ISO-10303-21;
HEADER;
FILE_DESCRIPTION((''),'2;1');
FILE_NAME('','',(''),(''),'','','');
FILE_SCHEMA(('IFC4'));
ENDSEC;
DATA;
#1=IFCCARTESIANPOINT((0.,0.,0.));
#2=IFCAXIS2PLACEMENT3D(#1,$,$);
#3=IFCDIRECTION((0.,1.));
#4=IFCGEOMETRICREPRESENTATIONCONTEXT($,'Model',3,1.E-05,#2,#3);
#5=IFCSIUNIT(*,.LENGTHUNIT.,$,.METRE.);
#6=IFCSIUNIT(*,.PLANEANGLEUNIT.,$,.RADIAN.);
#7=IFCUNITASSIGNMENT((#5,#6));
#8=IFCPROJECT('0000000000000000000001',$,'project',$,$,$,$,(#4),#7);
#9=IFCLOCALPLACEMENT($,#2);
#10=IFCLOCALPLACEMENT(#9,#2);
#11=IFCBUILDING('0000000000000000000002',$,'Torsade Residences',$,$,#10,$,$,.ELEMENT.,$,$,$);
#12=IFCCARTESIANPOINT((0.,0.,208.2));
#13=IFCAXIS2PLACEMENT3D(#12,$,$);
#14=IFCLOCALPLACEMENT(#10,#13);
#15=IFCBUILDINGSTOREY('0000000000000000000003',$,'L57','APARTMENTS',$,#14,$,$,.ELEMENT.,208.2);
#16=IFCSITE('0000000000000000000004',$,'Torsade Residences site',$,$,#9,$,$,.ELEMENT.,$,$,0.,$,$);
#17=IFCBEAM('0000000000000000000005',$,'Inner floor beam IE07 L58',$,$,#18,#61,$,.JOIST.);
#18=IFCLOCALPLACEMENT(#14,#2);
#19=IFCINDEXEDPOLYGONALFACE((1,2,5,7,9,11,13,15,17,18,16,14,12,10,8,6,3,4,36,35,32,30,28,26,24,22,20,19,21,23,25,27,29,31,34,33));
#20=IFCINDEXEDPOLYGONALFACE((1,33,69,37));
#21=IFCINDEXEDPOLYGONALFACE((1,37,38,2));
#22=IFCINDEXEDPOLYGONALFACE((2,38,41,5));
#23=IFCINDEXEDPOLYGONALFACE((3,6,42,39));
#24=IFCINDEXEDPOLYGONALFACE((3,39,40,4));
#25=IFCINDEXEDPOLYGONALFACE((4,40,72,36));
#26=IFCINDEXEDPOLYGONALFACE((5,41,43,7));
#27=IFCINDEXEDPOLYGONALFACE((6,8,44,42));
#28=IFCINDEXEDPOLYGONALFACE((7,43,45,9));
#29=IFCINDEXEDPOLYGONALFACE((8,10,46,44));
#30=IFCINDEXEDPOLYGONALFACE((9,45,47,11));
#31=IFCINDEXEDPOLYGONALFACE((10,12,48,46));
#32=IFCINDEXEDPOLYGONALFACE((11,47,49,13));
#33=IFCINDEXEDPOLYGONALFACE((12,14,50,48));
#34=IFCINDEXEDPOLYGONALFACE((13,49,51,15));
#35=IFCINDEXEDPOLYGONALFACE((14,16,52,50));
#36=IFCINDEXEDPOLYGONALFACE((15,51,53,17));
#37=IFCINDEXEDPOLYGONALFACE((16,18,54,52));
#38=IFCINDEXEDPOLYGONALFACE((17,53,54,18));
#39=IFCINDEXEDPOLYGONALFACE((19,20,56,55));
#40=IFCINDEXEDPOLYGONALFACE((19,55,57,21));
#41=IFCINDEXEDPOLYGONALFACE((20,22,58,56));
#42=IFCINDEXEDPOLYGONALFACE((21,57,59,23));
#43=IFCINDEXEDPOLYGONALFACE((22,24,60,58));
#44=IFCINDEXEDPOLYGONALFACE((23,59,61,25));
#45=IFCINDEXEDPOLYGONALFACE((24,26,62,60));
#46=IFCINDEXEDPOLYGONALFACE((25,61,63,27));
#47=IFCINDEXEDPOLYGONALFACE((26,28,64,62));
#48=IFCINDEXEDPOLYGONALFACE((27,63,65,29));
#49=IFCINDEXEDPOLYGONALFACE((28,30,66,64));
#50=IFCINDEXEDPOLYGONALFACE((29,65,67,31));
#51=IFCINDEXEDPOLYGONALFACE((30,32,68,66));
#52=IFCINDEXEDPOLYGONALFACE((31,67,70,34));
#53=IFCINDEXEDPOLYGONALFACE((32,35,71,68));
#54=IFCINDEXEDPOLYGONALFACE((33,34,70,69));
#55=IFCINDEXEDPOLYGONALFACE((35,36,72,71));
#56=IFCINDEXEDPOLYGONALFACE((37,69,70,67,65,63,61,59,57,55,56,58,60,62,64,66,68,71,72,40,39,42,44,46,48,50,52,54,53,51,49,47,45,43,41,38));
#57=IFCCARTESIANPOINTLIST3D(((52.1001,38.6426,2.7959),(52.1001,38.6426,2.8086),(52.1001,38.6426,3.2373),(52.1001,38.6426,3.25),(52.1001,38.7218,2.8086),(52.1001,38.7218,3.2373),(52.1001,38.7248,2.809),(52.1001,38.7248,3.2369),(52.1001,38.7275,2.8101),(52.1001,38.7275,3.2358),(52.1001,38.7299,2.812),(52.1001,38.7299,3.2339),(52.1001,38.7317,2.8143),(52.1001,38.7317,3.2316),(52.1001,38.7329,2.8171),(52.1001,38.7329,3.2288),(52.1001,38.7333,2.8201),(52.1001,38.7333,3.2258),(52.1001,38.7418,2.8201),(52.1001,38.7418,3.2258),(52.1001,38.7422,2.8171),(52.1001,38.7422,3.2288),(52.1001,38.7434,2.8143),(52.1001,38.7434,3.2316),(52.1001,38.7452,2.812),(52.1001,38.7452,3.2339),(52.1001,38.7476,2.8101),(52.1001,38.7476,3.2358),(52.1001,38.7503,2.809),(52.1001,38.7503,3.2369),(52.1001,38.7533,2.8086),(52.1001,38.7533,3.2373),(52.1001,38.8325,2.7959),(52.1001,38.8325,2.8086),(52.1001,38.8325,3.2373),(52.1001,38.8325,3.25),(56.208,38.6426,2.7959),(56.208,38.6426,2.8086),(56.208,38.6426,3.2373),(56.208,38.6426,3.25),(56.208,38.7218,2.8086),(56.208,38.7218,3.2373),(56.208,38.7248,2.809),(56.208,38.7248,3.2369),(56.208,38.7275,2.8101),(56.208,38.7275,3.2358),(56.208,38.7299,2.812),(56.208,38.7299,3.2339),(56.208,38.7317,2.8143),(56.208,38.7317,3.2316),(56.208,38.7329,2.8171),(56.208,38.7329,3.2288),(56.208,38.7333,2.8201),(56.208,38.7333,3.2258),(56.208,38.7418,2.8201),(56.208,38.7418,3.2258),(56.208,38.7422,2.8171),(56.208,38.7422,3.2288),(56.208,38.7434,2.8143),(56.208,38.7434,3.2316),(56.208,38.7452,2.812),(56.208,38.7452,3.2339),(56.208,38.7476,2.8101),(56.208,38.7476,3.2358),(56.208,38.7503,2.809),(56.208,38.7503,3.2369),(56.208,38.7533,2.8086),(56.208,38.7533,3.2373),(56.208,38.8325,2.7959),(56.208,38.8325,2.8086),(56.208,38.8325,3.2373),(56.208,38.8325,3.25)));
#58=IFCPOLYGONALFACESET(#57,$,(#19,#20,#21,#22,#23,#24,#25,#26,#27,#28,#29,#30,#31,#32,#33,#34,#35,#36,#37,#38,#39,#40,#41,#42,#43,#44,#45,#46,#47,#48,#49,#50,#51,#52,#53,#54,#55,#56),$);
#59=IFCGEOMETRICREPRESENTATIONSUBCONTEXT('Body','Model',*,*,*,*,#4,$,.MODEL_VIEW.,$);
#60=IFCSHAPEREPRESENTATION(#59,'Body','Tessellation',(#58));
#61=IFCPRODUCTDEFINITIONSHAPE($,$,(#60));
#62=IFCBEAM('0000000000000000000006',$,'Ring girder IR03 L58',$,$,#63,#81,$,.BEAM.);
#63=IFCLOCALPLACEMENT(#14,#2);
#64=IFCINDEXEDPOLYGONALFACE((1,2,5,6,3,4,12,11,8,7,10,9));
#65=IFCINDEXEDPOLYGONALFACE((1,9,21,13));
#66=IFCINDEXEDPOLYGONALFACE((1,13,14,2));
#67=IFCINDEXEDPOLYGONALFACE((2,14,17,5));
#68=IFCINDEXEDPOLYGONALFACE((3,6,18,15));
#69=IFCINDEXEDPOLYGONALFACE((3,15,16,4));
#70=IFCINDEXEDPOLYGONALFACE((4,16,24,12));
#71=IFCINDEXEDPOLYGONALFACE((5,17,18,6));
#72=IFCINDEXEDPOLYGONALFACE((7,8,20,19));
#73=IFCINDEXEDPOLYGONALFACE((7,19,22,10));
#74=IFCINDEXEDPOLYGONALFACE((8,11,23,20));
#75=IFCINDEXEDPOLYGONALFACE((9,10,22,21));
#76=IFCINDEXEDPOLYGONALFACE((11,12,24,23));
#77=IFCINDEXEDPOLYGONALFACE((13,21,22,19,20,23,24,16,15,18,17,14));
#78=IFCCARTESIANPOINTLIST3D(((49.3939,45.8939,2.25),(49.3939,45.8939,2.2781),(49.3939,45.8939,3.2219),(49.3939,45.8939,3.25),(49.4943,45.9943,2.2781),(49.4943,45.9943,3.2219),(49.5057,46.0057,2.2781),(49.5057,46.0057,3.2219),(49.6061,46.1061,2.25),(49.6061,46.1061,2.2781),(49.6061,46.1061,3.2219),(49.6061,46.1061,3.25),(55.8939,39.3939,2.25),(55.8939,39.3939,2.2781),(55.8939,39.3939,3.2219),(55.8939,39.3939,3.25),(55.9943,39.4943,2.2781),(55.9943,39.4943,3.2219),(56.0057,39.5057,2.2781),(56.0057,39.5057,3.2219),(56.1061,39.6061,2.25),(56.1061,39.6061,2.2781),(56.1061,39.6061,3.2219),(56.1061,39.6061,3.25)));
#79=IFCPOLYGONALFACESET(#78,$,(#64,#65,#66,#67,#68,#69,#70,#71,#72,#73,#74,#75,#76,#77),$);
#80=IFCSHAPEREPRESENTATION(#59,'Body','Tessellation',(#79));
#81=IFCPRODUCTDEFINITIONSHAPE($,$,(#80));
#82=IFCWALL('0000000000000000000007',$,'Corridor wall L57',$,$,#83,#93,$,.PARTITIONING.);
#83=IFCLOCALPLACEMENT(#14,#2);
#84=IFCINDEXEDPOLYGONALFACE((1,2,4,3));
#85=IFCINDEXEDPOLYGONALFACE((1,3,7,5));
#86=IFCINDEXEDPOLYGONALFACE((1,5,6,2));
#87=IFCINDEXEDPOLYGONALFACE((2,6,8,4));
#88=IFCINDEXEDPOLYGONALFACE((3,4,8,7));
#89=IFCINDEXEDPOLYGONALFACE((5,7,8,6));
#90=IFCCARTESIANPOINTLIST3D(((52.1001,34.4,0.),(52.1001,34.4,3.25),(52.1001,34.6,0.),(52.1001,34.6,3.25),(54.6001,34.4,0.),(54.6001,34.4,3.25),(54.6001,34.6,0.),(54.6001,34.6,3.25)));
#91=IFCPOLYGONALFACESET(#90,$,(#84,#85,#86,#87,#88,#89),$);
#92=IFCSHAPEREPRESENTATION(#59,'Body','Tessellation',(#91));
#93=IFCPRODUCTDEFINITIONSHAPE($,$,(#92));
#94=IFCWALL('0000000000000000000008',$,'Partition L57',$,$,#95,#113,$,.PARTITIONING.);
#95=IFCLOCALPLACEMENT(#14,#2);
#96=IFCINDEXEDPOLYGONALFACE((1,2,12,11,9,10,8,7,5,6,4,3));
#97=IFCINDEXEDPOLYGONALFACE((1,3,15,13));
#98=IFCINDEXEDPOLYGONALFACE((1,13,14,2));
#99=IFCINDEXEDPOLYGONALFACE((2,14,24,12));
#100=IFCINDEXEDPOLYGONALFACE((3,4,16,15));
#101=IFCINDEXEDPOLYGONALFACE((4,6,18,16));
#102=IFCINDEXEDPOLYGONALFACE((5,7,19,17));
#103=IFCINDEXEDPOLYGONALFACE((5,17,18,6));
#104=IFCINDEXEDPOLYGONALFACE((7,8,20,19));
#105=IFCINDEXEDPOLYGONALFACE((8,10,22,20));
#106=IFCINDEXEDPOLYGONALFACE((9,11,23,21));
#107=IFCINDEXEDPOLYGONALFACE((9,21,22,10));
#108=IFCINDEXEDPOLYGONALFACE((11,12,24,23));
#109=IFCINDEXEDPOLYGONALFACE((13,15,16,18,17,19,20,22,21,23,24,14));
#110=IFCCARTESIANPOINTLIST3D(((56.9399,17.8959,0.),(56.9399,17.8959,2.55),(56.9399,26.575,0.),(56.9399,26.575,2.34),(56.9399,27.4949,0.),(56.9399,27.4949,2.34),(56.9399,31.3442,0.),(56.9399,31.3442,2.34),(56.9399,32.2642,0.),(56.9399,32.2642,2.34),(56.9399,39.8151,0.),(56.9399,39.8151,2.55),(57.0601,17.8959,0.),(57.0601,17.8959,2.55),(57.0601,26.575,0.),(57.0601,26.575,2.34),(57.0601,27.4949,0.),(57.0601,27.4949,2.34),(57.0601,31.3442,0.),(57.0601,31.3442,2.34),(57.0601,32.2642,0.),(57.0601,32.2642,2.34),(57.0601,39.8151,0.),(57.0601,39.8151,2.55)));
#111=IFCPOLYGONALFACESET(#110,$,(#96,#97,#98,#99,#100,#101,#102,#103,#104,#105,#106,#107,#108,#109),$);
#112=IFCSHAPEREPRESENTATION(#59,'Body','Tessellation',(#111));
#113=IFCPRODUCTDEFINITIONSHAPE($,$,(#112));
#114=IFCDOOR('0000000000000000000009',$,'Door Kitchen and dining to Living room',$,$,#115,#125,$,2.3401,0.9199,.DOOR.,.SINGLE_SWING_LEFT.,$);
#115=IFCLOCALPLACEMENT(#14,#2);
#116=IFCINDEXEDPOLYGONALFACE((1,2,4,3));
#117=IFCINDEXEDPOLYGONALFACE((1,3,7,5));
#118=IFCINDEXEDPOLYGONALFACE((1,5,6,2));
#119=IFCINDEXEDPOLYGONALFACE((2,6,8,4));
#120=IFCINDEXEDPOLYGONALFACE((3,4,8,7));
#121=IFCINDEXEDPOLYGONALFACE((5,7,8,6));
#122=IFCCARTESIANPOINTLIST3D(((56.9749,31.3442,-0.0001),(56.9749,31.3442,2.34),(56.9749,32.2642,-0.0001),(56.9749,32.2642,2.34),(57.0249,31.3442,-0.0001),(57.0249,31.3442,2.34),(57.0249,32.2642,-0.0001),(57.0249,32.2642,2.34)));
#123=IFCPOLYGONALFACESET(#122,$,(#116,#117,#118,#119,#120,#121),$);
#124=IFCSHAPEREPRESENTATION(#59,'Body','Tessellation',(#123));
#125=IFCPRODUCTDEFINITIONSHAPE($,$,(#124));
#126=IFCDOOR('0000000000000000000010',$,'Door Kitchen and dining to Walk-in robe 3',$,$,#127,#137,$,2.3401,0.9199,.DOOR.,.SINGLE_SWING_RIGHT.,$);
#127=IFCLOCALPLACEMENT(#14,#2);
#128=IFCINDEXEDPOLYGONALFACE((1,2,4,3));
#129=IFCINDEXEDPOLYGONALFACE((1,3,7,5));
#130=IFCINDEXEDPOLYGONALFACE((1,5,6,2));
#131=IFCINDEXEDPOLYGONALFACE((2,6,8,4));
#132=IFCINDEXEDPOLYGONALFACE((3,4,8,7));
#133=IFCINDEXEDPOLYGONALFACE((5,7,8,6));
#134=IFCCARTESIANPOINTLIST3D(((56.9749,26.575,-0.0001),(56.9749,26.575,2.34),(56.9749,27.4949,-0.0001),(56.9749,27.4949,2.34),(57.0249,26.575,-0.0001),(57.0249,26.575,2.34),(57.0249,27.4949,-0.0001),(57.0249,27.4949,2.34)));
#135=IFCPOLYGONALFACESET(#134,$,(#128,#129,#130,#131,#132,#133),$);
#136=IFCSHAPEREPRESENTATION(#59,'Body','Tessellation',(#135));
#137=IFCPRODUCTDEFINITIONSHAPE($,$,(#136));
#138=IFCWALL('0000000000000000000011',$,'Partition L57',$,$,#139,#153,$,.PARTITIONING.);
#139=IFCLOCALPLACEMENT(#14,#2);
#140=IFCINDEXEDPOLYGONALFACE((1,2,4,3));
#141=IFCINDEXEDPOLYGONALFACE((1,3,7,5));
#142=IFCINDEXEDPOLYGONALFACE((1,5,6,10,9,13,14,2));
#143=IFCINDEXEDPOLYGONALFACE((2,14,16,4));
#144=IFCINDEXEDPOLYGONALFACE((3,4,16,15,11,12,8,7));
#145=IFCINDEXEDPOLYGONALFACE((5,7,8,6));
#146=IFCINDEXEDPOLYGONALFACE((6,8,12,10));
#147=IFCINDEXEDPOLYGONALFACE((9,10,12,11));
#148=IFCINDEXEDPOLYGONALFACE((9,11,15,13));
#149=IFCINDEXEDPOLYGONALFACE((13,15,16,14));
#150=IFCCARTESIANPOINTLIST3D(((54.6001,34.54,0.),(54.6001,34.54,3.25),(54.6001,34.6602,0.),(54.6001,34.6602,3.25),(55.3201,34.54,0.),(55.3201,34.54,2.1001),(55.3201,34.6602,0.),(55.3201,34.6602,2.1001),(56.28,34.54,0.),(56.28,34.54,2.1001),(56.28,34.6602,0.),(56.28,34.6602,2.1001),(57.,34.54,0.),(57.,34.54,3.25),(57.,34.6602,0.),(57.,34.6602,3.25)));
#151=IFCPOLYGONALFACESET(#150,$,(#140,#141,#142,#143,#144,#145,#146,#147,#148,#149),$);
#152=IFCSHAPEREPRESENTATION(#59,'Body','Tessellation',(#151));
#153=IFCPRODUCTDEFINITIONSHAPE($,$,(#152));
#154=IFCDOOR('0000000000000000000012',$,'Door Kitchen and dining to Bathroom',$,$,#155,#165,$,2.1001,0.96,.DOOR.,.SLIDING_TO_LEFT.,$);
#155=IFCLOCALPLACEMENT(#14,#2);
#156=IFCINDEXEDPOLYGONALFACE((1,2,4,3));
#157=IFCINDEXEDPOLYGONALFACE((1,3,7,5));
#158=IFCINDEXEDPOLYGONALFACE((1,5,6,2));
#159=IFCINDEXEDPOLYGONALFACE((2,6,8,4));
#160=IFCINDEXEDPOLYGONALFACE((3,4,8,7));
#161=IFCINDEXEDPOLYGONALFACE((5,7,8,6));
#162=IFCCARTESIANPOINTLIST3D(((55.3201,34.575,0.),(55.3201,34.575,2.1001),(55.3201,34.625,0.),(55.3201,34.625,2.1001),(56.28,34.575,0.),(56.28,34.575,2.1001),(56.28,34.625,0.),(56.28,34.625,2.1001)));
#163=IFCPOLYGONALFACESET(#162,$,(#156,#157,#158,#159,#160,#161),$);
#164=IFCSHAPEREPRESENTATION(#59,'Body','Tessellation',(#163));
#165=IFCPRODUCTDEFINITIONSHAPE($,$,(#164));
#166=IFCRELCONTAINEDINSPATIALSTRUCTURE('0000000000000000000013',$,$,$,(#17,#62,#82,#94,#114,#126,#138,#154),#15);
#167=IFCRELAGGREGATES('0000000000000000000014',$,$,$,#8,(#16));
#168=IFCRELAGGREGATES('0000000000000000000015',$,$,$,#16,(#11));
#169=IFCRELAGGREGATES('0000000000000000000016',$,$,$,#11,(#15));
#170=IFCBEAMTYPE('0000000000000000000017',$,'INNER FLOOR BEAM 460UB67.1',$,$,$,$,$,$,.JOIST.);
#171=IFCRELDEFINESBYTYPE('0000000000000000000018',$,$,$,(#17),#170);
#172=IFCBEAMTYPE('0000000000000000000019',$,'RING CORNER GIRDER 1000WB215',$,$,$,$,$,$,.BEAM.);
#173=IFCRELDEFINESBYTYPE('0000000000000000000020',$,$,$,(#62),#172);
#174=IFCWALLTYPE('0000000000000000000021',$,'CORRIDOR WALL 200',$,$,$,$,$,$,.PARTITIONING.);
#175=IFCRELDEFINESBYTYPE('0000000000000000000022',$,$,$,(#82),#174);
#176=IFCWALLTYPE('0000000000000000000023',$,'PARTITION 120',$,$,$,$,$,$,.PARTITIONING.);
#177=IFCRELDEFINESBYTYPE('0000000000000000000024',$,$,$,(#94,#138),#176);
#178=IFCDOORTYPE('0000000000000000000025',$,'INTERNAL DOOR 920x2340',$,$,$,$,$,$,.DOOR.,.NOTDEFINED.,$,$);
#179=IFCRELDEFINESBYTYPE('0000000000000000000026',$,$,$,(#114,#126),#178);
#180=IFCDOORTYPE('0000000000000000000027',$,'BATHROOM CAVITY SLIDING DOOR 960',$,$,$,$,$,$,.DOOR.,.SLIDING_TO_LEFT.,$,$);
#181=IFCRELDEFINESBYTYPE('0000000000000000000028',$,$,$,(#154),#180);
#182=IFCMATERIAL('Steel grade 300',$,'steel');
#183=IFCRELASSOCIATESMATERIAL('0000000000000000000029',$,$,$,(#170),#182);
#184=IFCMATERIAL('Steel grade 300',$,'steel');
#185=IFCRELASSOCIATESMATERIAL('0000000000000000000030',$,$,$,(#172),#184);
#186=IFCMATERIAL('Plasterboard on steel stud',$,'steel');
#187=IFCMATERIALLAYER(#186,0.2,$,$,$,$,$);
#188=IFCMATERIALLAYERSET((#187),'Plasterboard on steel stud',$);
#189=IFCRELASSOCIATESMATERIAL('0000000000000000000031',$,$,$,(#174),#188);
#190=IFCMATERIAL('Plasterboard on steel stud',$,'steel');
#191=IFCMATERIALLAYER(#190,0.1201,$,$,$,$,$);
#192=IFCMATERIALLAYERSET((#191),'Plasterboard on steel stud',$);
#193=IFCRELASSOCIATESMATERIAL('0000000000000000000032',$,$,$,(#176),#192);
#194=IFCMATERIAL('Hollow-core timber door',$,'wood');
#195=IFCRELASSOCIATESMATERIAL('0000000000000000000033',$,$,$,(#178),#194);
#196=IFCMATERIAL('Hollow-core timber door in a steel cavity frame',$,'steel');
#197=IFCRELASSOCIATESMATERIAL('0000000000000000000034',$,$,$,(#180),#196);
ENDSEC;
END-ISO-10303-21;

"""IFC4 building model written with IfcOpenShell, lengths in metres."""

from ifc_helpers import new_model, si_unit, direction, frame, frame_2d, origin, origin_2d, place, context, subcontext, project, spatial, rectangle, i_section, extrude, material, layer, layer_set, material_profile, profile_set, type_object, element, fill, save


model = new_model("IFC4")

# Units and contexts
model_context = context("Model", 3, precision=1e-05, world=origin(), true_north=direction((0.0, 1.0)))
body_context = subcontext(model_context, "Body", "Model", "MODEL_VIEW")
ifc_project = project(units=[si_unit("LENGTHUNIT", "METRE"), si_unit("PLANEANGLEUNIT", "RADIAN")], contexts=[model_context])

# Site, building, storey
site_placement = place(None, origin())
site = spatial("IfcSite", under=ifc_project, at=site_placement, Name="Torsade Residences site", CompositionType="ELEMENT", RefElevation=0.0)
building_placement = place(site_placement, origin())
building = spatial("IfcBuilding", under=site, at=building_placement, Name="Torsade Residences", CompositionType="ELEMENT")
storey_placement = place(building_placement, frame((0.0, 0.0, 208.2)))
storey = spatial("IfcBuildingStorey", under=building, at=storey_placement, Name="L57", Description="APARTMENTS", CompositionType="ELEMENT", Elevation=208.2)

# Beams
ifc_material_1 = material(Name="Steel grade 300", Category="steel")
ifc_material_profile_1 = material_profile(ifc_material_1, i_section(OverallWidth=0.1899, OverallDepth=0.4541, WebThickness=0.0085, FlangeThickness=0.0127, FilletRadius=0.0115, at=origin_2d()), Name="460UB67.1")
ifc_profile_set_1 = profile_set([ifc_material_profile_1], Name="Steel grade 300")
beam_type_1 = type_object("IfcBeamType", Name="INNER FLOOR BEAM 460UB67.1", PredefinedType="JOIST", material=ifc_profile_set_1)
beam_1_placement = place(storey_placement, frame((52.1001, 38.7375, 3.0229), z_axis=(1.0, 0.0, 0.0), x_axis=(0.0, 1.0, 0.0)))
element("IfcBeam", 1, at=beam_1_placement, inside=storey, type_object=beam_type_1, Name="Inner floor beam IE07 L58", PredefinedType="JOIST", context=body_context, shape_type="SweptSolid", body=[
    extrude(i_section(OverallWidth=0.1899, OverallDepth=0.4541, WebThickness=0.0085, FlangeThickness=0.0127, FilletRadius=0.0115, at=origin_2d()), origin(), (0.0, 0.0, 1.0), 4.1079),
])
ifc_material_2 = material(Name="Steel grade 300", Category="steel")
ifc_material_profile_2 = material_profile(ifc_material_2, i_section(OverallWidth=0.3, OverallDepth=1.0, WebThickness=0.0161, FlangeThickness=0.0281, at=origin_2d()), Name="1000WB215")
ifc_profile_set_2 = profile_set([ifc_material_profile_2], Name="Steel grade 300")
beam_type_2 = type_object("IfcBeamType", Name="RING CORNER GIRDER 1000WB215", PredefinedType="BEAM", material=ifc_profile_set_2)
beam_2_placement = place(storey_placement, frame((56.0, 39.5, 2.75), z_axis=(-0.707107, 0.707107, 0.0), x_axis=(-0.707107, -0.707107, 0.0)))
element("IfcBeam", 2, at=beam_2_placement, inside=storey, type_object=beam_type_2, Name="Ring girder IR03 L58", PredefinedType="BEAM", context=body_context, shape_type="SweptSolid", body=[
    extrude(i_section(OverallWidth=0.3, OverallDepth=1.0, WebThickness=0.0161, FlangeThickness=0.0281, at=origin_2d()), origin(), (0.0, 0.0, 1.0), 9.1924),
])

# Wall
ifc_material_3 = material(Name="Plasterboard on steel stud", Category="steel")
ifc_layer_1 = layer(ifc_material_3, 0.2)
ifc_layer_set_1 = layer_set([ifc_layer_1], Name="Plasterboard on steel stud")
wall_type_1 = type_object("IfcWallType", Name="CORRIDOR WALL 200", PredefinedType="PARTITIONING", material=ifc_layer_set_1)
wall_1_placement = place(storey_placement, frame((52.1001, 34.5, 0.0), z_axis=(0.0, 0.0, 1.0), x_axis=(1.0, 0.0, 0.0)))
element("IfcWall", 3, at=wall_1_placement, inside=storey, type_object=wall_type_1, Name="Corridor wall L57", PredefinedType="PARTITIONING", context=body_context, shape_type="SweptSolid", body=[
    extrude(rectangle(XDim=2.5, YDim=0.2, at=frame_2d((1.25, 0.0))), origin(), (0.0, 0.0, 1.0), 3.25),
])

# Wall, openings, doors
ifc_material_4 = material(Name="Plasterboard on steel stud", Category="steel")
ifc_layer_2 = layer(ifc_material_4, 0.1201)
ifc_layer_set_2 = layer_set([ifc_layer_2], Name="Plasterboard on steel stud")
wall_type_2 = type_object("IfcWallType", Name="PARTITION 120", PredefinedType="PARTITIONING", material=ifc_layer_set_2)
wall_2_placement = place(storey_placement, frame((57.0, 39.8149, 0.0), z_axis=(0.0, 0.0, 1.0), x_axis=(0.0, -1.0, 0.0)))
wall_2 = element("IfcWall", 4, at=wall_2_placement, inside=storey, type_object=wall_type_2, Name="Partition L57", PredefinedType="PARTITIONING", context=body_context, shape_type="SweptSolid", body=[
    extrude(rectangle(XDim=21.9192, YDim=0.1201, at=frame_2d((10.9595, 0.0))), origin(), (0.0, 0.0, 1.0), 2.55),
])
opening_1_placement = place(wall_2_placement, frame((7.5508, 0.0, 0.0)))
opening_1 = element("IfcOpeningElement", 5, at=opening_1_placement, cuts=wall_2, PredefinedType="OPENING", context=body_context, shape_type="SweptSolid", body=[
    extrude(rectangle(XDim=0.9199, YDim=2.3401, at=frame_2d((0.46, 1.1699))), frame((0.0, 0.0701, 0.0), z_axis=(0.0, -1.0, 0.0), x_axis=(1.0, 0.0, 0.0)), (0.0, 0.0, 1.0), 0.1401),
])
opening_2_placement = place(wall_2_placement, frame((12.3201, 0.0, 0.0)))
opening_2 = element("IfcOpeningElement", 6, at=opening_2_placement, cuts=wall_2, PredefinedType="OPENING", context=body_context, shape_type="SweptSolid", body=[
    extrude(rectangle(XDim=0.9199, YDim=2.3401, at=frame_2d((0.46, 1.1699))), frame((0.0, 0.0701, 0.0), z_axis=(0.0, -1.0, 0.0), x_axis=(1.0, 0.0, 0.0)), (0.0, 0.0, 1.0), 0.1401),
])
ifc_material_5 = material(Name="Hollow-core timber door", Category="wood")
door_type_1 = type_object("IfcDoorType", Name="INTERNAL DOOR 920x2340", OperationType="NOTDEFINED", PredefinedType="DOOR", material=ifc_material_5)
door_1_placement = place(opening_1_placement, origin())
door_1 = element("IfcDoor", 7, at=door_1_placement, inside=storey, type_object=door_type_1, Name="Door Kitchen and dining to Living room", OperationType="SINGLE_SWING_LEFT", OverallHeight=2.3401, OverallWidth=0.9199, PredefinedType="DOOR", context=body_context, shape_type="SweptSolid", body=[
    extrude(rectangle(XDim=0.9199, YDim=2.3401, at=frame_2d((0.46, 1.1699))), frame((0.0, 0.0249, 0.0), z_axis=(0.0, -1.0, 0.0), x_axis=(1.0, 0.0, 0.0)), (0.0, 0.0, 1.0), 0.05),
])
fill(opening_1, door_1)
door_2_placement = place(opening_2_placement, origin())
door_2 = element("IfcDoor", 8, at=door_2_placement, inside=storey, type_object=door_type_1, Name="Door Kitchen and dining to Walk-in robe 3", OperationType="SINGLE_SWING_RIGHT", OverallHeight=2.3401, OverallWidth=0.9199, PredefinedType="DOOR", context=body_context, shape_type="SweptSolid", body=[
    extrude(rectangle(XDim=0.9199, YDim=2.3401, at=frame_2d((0.46, 1.1699))), frame((0.0, 0.0249, 0.0), z_axis=(0.0, -1.0, 0.0), x_axis=(1.0, 0.0, 0.0)), (0.0, 0.0, 1.0), 0.05),
])
fill(opening_2, door_2)

# Wall, opening, door
wall_3_placement = place(storey_placement, frame((54.6001, 34.6001, 0.0), z_axis=(0.0, 0.0, 1.0), x_axis=(1.0, 0.0, 0.0)))
wall_3 = element("IfcWall", 9, at=wall_3_placement, inside=storey, type_object=wall_type_2, Name="Partition L57", PredefinedType="PARTITIONING", context=body_context, shape_type="SweptSolid", body=[
    extrude(rectangle(XDim=2.3999, YDim=0.1201, at=frame_2d((1.2, 0.0))), origin(), (0.0, 0.0, 1.0), 3.25),
])
opening_3_placement = place(wall_3_placement, frame((0.72, 0.0, 0.0)))
opening_3 = element("IfcOpeningElement", 10, at=opening_3_placement, cuts=wall_3, PredefinedType="OPENING", context=body_context, shape_type="SweptSolid", body=[
    extrude(rectangle(XDim=0.96, YDim=2.1001, at=frame_2d((0.48, 1.05))), frame((0.0, 0.0701, 0.0), z_axis=(0.0, -1.0, 0.0), x_axis=(1.0, 0.0, 0.0)), (0.0, 0.0, 1.0), 0.1401),
])
ifc_material_6 = material(Name="Hollow-core timber door in a steel cavity frame", Category="steel")
door_type_2 = type_object("IfcDoorType", Name="BATHROOM CAVITY SLIDING DOOR 960", OperationType="SLIDING_TO_LEFT", PredefinedType="DOOR", material=ifc_material_6)
door_3_placement = place(opening_3_placement, origin())
door_3 = element("IfcDoor", 11, at=door_3_placement, inside=storey, type_object=door_type_2, Name="Door Kitchen and dining to Bathroom", OperationType="SLIDING_TO_LEFT", OverallHeight=2.1001, OverallWidth=0.96, PredefinedType="DOOR", context=body_context, shape_type="SweptSolid", body=[
    extrude(rectangle(XDim=0.96, YDim=2.1001, at=frame_2d((0.48, 1.05))), frame((0.0, 0.0249, 0.0), z_axis=(0.0, -1.0, 0.0), x_axis=(1.0, 0.0, 0.0)), (0.0, 0.0, 1.0), 0.05),
])
fill(opening_3, door_3)

save(model, "model.ifc")
